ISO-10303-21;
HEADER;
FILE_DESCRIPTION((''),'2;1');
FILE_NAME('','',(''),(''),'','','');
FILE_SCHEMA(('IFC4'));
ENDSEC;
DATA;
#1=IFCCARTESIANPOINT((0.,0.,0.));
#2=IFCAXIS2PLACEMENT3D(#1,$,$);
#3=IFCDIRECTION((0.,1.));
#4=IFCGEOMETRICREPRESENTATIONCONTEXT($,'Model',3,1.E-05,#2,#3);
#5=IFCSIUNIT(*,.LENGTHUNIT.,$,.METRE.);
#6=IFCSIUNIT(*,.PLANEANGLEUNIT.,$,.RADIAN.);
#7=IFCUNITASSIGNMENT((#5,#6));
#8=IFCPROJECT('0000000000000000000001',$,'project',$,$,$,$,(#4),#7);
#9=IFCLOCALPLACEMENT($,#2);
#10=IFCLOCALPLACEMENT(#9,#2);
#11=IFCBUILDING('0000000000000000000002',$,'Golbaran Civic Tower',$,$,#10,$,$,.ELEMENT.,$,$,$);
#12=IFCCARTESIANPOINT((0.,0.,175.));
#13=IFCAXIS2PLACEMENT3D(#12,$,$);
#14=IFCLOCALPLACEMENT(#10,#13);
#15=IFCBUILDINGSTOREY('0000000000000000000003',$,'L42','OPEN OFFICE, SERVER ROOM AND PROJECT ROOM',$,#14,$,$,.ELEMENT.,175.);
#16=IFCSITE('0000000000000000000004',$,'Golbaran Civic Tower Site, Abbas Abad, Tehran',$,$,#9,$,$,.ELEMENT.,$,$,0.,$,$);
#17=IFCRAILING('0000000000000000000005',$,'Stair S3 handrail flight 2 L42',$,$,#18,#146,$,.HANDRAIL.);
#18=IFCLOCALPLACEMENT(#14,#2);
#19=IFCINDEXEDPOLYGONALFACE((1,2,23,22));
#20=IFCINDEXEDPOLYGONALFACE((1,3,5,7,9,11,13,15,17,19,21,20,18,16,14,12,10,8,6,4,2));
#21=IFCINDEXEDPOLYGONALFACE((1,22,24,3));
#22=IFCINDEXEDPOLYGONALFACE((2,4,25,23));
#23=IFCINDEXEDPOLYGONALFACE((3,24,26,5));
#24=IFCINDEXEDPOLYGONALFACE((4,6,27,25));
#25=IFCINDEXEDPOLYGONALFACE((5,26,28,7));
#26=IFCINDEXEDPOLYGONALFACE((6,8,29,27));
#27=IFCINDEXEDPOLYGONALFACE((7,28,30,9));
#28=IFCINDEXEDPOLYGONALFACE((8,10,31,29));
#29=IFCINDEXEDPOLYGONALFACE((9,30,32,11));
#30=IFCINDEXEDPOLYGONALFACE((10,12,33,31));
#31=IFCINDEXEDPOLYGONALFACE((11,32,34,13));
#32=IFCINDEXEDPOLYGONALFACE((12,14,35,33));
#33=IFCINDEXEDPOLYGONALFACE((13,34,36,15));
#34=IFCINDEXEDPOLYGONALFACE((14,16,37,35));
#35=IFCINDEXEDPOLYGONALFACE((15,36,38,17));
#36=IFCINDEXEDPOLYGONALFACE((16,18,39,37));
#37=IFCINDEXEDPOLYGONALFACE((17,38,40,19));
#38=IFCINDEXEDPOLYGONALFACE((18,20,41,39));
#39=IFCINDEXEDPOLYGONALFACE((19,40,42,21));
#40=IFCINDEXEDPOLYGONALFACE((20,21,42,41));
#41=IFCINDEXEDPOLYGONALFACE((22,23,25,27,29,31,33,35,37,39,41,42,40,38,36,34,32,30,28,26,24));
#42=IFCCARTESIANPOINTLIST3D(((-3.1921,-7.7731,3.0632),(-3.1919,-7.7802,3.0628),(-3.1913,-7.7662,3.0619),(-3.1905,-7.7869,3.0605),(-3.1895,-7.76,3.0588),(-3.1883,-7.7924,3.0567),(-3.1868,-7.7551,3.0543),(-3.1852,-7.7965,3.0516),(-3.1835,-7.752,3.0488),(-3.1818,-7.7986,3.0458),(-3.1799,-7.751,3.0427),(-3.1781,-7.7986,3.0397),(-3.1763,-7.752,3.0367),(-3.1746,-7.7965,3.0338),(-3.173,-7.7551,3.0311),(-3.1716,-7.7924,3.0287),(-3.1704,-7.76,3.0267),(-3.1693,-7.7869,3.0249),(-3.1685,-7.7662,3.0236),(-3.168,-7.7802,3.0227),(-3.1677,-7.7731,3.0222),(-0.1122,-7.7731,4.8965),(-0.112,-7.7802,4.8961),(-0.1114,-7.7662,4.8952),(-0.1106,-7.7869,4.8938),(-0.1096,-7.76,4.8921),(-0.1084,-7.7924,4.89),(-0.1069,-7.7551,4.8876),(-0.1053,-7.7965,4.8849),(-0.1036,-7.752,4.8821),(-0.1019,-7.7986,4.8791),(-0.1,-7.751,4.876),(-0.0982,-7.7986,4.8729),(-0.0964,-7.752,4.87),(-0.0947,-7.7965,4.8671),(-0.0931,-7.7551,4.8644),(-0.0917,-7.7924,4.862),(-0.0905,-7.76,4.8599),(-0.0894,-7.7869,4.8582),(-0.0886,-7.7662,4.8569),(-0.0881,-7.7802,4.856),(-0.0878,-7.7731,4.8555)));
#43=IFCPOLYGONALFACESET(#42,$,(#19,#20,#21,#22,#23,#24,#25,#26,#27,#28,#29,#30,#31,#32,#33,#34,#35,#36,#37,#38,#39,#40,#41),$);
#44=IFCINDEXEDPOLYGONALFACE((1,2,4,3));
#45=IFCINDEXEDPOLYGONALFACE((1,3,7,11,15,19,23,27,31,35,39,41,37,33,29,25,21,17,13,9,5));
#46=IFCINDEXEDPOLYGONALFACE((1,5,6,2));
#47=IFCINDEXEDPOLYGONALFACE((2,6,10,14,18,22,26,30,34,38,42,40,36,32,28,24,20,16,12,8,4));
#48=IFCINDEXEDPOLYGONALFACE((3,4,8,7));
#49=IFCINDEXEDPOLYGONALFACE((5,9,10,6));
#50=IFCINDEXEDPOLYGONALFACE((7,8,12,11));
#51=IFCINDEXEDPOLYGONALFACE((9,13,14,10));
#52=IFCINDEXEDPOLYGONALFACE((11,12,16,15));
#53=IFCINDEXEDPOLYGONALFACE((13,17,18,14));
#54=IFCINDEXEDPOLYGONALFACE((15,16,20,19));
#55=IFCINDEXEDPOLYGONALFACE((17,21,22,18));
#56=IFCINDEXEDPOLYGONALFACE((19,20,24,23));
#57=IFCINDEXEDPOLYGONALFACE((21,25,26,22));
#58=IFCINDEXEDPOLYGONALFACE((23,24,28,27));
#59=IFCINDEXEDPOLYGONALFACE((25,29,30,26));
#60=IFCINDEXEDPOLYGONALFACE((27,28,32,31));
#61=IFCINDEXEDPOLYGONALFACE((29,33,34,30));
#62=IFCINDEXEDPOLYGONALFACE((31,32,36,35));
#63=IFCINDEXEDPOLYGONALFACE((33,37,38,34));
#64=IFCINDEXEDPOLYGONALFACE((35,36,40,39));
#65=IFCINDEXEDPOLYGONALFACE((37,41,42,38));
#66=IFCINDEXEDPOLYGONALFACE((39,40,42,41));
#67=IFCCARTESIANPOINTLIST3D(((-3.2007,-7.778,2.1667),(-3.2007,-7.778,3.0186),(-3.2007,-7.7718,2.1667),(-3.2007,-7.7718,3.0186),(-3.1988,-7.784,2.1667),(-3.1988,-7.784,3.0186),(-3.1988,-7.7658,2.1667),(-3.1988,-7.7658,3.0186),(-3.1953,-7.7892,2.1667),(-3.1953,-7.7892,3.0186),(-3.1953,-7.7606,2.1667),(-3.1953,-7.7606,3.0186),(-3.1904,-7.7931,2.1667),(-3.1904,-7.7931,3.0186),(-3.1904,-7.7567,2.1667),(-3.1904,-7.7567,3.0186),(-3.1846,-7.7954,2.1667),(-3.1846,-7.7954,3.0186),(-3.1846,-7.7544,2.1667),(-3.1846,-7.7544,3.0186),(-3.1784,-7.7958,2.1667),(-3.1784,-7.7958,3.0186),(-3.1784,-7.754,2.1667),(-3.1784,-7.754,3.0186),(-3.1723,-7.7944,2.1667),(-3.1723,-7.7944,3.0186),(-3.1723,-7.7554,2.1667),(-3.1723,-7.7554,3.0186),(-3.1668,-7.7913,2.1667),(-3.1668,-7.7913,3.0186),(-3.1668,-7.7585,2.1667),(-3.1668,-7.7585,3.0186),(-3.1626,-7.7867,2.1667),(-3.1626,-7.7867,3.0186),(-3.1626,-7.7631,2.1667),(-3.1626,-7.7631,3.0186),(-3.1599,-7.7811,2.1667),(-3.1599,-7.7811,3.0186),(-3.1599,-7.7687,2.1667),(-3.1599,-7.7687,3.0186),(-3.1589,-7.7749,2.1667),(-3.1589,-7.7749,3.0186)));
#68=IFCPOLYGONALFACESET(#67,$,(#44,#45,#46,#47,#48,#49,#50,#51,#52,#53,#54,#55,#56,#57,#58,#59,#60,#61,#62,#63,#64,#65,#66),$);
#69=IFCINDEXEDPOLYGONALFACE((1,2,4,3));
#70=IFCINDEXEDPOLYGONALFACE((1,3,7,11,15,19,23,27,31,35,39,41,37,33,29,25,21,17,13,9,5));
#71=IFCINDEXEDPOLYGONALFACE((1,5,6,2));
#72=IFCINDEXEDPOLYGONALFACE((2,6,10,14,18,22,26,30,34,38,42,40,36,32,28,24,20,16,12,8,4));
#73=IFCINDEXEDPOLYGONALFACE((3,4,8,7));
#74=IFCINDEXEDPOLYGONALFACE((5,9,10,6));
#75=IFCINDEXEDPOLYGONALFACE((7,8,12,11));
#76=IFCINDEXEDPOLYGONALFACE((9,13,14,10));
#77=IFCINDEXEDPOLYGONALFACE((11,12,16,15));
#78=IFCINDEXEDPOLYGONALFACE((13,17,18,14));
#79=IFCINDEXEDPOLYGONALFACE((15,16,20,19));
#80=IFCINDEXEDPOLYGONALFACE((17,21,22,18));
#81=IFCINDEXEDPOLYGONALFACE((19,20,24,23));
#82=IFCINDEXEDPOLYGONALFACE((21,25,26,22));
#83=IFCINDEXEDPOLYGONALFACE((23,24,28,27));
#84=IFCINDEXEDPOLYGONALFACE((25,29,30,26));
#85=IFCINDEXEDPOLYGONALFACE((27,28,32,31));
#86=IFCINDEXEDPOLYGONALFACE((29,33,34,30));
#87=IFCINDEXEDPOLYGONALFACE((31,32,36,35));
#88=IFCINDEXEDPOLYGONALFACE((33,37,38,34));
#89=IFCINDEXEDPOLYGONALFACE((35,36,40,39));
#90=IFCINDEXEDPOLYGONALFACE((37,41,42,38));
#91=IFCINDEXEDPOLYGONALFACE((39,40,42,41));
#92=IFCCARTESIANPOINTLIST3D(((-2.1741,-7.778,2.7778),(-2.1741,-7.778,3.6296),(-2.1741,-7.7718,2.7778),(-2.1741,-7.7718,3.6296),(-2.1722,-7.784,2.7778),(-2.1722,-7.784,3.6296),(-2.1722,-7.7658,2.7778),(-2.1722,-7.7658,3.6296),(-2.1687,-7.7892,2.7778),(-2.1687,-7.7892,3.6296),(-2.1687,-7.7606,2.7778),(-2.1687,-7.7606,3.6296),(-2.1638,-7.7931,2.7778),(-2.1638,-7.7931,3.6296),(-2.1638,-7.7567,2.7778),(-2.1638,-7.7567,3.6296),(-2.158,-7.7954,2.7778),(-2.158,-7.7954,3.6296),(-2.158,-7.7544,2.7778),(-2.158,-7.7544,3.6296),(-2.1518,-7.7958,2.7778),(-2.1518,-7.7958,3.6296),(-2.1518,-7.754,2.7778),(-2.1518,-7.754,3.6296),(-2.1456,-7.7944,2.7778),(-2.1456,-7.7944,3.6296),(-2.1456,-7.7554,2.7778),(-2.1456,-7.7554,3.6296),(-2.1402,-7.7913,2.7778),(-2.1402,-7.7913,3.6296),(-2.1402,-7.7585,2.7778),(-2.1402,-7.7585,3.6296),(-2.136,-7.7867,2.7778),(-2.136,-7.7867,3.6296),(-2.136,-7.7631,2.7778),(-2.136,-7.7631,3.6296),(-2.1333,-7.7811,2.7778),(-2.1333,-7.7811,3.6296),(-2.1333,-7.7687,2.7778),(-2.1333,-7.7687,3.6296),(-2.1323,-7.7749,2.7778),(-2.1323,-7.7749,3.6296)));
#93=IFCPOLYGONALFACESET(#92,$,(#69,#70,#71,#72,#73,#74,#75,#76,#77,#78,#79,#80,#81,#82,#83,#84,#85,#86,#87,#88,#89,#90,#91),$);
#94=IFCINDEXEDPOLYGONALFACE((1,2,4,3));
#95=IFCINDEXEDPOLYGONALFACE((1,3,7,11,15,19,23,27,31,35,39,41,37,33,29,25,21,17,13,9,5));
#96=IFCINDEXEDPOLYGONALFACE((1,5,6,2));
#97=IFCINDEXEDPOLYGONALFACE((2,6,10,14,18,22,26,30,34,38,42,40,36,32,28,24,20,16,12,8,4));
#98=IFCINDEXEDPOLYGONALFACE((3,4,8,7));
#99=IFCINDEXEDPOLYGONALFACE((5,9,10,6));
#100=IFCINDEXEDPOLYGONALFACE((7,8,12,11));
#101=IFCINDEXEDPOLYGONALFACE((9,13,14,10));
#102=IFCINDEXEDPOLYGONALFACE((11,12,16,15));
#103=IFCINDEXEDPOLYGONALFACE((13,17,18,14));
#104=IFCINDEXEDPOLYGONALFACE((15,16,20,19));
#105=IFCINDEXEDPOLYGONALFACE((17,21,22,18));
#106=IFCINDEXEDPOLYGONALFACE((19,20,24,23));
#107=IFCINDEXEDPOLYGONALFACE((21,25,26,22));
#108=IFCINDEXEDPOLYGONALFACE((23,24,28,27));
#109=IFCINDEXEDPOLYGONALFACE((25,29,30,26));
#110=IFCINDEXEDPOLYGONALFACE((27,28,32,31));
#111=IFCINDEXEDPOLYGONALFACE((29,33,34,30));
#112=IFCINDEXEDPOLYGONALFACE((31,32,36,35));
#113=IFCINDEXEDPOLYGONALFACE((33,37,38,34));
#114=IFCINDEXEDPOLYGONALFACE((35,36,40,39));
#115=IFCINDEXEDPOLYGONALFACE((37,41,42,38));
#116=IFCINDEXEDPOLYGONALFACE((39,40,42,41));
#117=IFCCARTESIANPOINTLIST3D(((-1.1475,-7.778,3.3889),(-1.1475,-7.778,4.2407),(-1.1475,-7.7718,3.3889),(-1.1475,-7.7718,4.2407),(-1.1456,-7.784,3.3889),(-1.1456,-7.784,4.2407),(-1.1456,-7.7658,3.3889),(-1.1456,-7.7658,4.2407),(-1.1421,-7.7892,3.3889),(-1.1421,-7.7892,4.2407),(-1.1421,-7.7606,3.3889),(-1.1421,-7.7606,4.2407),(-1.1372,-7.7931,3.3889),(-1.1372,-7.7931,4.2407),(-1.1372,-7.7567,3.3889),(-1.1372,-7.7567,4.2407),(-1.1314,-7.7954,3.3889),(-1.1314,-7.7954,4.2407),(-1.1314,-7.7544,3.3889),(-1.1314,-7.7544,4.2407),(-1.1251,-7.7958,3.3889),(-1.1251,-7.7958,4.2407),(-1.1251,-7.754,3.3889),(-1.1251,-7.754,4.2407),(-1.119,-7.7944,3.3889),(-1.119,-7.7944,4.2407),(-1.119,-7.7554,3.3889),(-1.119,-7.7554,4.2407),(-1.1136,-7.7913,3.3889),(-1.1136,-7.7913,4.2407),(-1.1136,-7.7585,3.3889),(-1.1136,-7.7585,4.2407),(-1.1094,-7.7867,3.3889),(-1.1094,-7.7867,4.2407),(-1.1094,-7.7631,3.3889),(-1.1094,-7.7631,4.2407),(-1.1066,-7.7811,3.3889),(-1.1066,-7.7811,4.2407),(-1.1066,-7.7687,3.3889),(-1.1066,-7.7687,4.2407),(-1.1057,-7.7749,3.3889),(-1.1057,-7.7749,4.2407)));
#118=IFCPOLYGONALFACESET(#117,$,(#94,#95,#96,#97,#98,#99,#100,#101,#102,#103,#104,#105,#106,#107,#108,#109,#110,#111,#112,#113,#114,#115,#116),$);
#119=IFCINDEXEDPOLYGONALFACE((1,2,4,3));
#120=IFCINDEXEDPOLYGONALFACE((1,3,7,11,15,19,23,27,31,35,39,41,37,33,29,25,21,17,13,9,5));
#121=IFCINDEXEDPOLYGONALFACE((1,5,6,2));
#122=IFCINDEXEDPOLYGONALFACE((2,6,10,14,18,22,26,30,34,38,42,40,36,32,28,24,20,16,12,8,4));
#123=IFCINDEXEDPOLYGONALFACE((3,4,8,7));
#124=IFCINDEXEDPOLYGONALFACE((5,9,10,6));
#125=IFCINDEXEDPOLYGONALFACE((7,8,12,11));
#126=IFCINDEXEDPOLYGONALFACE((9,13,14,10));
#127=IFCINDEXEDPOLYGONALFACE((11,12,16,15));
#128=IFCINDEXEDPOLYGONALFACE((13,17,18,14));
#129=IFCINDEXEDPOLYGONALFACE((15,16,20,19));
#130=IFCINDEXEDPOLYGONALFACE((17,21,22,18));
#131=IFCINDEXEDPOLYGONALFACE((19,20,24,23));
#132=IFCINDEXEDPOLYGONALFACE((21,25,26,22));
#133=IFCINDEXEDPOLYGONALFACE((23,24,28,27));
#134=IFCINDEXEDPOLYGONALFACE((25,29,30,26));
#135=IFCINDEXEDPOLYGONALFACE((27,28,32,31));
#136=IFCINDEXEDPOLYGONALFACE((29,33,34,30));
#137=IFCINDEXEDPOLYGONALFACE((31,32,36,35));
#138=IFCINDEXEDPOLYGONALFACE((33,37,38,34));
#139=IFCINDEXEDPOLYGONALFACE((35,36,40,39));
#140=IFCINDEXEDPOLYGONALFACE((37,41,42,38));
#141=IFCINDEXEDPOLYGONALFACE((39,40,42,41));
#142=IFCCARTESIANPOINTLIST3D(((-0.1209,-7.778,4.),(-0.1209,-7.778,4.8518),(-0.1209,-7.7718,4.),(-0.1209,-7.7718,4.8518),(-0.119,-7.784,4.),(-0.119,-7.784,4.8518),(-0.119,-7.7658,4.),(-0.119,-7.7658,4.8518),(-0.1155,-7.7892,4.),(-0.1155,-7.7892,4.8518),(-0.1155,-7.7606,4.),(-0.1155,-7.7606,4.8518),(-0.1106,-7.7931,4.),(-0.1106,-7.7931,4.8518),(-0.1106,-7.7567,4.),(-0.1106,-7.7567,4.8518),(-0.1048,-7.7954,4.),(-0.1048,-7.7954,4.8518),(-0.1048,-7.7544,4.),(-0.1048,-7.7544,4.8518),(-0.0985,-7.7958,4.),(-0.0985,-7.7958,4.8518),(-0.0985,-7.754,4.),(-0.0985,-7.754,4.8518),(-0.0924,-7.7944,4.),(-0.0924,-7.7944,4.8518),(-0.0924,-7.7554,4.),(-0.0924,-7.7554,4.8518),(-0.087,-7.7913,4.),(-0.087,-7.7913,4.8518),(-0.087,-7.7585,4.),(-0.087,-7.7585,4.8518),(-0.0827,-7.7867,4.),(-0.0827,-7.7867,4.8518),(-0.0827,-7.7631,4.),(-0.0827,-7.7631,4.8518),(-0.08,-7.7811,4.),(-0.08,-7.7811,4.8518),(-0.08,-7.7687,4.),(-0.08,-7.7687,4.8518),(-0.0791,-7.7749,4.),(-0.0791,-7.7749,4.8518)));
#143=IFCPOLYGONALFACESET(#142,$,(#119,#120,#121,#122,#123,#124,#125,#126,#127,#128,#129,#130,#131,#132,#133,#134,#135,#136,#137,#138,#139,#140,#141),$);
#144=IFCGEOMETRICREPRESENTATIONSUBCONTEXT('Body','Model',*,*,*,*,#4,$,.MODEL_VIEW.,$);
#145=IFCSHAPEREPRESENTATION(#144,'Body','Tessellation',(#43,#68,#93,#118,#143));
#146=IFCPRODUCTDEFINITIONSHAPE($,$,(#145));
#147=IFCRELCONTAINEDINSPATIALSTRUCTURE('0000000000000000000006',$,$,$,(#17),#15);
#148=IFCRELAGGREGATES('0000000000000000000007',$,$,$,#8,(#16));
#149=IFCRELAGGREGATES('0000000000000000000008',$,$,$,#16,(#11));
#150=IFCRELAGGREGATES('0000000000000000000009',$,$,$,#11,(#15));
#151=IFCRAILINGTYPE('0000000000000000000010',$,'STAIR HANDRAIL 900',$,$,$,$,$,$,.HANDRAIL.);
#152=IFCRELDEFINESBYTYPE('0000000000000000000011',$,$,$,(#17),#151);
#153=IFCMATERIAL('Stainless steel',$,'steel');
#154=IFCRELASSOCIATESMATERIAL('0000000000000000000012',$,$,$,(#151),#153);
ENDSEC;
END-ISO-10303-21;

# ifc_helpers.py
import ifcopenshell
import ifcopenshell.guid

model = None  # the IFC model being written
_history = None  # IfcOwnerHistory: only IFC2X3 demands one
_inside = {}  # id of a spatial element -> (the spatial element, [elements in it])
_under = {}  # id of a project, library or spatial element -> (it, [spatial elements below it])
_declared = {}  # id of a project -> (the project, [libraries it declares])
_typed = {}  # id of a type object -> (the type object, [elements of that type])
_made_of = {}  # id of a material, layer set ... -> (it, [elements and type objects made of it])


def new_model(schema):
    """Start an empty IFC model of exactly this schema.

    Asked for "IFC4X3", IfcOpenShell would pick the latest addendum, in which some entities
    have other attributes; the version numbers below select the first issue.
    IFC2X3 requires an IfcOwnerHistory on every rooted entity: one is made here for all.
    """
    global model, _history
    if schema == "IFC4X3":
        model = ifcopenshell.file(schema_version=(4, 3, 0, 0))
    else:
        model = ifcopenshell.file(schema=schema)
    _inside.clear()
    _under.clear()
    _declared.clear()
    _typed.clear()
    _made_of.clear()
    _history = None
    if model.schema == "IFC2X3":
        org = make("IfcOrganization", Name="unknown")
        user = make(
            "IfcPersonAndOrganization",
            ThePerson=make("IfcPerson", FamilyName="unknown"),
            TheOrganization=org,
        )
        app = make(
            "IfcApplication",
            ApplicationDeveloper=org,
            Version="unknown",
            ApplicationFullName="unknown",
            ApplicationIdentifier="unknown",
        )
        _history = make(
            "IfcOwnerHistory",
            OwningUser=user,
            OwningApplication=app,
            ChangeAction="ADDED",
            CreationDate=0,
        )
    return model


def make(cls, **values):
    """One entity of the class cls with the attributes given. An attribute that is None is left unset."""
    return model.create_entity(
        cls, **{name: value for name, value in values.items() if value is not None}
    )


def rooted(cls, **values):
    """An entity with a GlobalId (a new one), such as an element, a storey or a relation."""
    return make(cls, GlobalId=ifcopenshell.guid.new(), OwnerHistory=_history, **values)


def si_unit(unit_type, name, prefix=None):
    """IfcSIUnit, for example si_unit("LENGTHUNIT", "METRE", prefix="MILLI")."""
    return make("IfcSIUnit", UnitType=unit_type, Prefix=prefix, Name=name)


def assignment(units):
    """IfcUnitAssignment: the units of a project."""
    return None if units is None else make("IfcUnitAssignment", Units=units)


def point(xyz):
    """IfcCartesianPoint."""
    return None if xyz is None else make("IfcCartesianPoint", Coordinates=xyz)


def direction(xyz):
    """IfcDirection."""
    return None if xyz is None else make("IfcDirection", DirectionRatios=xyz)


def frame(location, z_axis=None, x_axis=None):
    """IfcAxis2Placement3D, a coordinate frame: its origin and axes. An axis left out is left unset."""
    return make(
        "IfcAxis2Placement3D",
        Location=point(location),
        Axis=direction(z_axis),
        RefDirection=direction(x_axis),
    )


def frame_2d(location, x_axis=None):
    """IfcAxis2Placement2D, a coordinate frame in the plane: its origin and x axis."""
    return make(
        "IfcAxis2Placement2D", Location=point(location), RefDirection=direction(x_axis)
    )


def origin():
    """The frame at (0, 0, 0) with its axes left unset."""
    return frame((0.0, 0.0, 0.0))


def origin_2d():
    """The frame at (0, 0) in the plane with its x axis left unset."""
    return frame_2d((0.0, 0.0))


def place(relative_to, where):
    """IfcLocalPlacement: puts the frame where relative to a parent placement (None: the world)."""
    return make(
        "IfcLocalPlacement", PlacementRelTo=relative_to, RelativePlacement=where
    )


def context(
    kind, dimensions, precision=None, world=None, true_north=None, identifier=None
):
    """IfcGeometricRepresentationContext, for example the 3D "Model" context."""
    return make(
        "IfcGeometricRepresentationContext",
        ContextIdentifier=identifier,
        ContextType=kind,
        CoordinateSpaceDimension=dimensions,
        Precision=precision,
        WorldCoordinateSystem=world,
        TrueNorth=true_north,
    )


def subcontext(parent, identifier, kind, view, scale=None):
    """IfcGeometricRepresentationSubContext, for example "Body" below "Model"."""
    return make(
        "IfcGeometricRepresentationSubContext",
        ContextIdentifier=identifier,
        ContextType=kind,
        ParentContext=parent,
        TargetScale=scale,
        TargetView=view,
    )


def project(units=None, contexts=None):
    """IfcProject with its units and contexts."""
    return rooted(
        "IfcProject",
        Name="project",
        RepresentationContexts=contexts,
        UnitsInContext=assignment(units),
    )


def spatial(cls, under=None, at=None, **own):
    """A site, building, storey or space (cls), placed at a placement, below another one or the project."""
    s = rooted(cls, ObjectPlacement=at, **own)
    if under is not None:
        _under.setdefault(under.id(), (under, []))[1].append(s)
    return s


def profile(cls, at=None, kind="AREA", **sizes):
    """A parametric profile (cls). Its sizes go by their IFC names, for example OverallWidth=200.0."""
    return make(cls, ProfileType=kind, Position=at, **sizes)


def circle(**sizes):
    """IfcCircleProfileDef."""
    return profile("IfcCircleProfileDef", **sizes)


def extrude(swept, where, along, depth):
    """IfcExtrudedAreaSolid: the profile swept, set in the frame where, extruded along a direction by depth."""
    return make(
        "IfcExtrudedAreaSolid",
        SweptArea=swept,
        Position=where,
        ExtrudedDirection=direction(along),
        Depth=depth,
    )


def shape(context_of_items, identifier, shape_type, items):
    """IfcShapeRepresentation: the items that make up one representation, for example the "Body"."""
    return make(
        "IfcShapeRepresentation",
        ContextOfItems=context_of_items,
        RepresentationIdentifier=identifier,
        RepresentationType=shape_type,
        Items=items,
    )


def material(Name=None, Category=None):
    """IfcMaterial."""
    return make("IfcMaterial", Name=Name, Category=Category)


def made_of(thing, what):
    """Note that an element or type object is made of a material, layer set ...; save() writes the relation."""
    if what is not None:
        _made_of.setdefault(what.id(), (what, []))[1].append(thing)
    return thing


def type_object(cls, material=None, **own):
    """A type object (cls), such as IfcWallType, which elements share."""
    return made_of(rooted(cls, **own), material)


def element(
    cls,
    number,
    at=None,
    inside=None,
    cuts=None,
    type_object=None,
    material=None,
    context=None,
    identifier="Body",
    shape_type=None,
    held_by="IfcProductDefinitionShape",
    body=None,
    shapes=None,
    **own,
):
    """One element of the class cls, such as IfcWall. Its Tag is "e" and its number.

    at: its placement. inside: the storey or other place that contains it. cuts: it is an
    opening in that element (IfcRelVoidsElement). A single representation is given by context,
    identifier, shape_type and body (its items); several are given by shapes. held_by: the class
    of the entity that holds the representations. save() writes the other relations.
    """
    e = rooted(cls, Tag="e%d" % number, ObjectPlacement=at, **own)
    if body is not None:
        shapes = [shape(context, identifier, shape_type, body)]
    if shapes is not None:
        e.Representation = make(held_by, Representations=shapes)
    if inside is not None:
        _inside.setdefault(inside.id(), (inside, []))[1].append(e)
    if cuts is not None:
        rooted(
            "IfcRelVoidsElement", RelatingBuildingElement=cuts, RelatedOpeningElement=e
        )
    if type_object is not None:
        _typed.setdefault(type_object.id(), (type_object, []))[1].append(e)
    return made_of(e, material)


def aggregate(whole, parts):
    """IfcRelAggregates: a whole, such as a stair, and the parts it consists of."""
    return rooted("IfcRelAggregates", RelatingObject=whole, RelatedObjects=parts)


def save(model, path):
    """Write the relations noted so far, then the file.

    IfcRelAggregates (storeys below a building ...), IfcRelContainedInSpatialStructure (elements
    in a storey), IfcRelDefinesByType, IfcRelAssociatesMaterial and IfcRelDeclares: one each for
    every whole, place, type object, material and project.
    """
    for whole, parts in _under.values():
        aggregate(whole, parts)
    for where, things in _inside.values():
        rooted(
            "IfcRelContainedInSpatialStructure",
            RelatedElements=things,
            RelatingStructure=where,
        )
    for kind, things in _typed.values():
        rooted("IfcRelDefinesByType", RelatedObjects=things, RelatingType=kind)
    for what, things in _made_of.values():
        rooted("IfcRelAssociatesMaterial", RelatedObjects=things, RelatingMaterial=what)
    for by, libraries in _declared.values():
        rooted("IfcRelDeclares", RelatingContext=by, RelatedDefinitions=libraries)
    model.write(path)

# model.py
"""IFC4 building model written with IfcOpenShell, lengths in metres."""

from ifc_helpers import new_model, si_unit, direction, frame, origin, origin_2d, place, context, subcontext, project, spatial, circle, extrude, material, type_object, element, save


model = new_model("IFC4")

# Units and contexts
model_context = context("Model", 3, precision=1e-05, world=origin(), true_north=direction((0.0, 1.0)))
body_context = subcontext(model_context, "Body", "Model", "MODEL_VIEW")
ifc_project = project(units=[si_unit("LENGTHUNIT", "METRE"), si_unit("PLANEANGLEUNIT", "RADIAN")], contexts=[model_context])

# Site, building, storey
site_placement = place(None, origin())
site = spatial("IfcSite", under=ifc_project, at=site_placement, Name="Golbaran Civic Tower Site, Abbas Abad, Tehran", CompositionType="ELEMENT", RefElevation=0.0)
building_placement = place(site_placement, origin())
building = spatial("IfcBuilding", under=site, at=building_placement, Name="Golbaran Civic Tower", CompositionType="ELEMENT")
storey_placement = place(building_placement, frame((0.0, 0.0, 175.0)))
storey = spatial("IfcBuildingStorey", under=building, at=storey_placement, Name="L42", Description="OPEN OFFICE, SERVER ROOM AND PROJECT ROOM", CompositionType="ELEMENT", Elevation=175.0)

# Shared definitions
ifc_material_1 = material(Name="Stainless steel", Category="steel")

# Railing
railing_type = type_object("IfcRailingType", Name="STAIR HANDRAIL 900", PredefinedType="HANDRAIL", material=ifc_material_1)
railing_1_placement = place(storey_placement, frame((-3.1799, -7.7749, 2.1667)))
element("IfcRailing", 1, at=railing_1_placement, inside=storey, type_object=railing_type, Name="Stair S3 handrail flight 2 L42", PredefinedType="HANDRAIL", context=body_context, shape_type="SweptSolid", body=[
    extrude(circle(Radius=0.0239, at=origin_2d()), frame((0.0, 0.0, 0.876), z_axis=(0.859291, 0.0, 0.511487), x_axis=(0.0, 1.0, 0.0)), (0.0, 0.0, 1.0), 3.5842),
    extrude(circle(Radius=0.021, at=origin_2d()), origin(), (0.0, 0.0, 1.0), 0.8518),
    extrude(circle(Radius=0.021, at=origin_2d()), frame((1.0266, 0.0, 0.6111)), (0.0, 0.0, 1.0), 0.8518),
    extrude(circle(Radius=0.021, at=origin_2d()), frame((2.0532, 0.0, 1.2222)), (0.0, 0.0, 1.0), 0.8518),
    extrude(circle(Radius=0.021, at=origin_2d()), frame((3.0798, 0.0, 1.8333)), (0.0, 0.0, 1.0), 0.8518),
])

save(model, "model.ifc")
